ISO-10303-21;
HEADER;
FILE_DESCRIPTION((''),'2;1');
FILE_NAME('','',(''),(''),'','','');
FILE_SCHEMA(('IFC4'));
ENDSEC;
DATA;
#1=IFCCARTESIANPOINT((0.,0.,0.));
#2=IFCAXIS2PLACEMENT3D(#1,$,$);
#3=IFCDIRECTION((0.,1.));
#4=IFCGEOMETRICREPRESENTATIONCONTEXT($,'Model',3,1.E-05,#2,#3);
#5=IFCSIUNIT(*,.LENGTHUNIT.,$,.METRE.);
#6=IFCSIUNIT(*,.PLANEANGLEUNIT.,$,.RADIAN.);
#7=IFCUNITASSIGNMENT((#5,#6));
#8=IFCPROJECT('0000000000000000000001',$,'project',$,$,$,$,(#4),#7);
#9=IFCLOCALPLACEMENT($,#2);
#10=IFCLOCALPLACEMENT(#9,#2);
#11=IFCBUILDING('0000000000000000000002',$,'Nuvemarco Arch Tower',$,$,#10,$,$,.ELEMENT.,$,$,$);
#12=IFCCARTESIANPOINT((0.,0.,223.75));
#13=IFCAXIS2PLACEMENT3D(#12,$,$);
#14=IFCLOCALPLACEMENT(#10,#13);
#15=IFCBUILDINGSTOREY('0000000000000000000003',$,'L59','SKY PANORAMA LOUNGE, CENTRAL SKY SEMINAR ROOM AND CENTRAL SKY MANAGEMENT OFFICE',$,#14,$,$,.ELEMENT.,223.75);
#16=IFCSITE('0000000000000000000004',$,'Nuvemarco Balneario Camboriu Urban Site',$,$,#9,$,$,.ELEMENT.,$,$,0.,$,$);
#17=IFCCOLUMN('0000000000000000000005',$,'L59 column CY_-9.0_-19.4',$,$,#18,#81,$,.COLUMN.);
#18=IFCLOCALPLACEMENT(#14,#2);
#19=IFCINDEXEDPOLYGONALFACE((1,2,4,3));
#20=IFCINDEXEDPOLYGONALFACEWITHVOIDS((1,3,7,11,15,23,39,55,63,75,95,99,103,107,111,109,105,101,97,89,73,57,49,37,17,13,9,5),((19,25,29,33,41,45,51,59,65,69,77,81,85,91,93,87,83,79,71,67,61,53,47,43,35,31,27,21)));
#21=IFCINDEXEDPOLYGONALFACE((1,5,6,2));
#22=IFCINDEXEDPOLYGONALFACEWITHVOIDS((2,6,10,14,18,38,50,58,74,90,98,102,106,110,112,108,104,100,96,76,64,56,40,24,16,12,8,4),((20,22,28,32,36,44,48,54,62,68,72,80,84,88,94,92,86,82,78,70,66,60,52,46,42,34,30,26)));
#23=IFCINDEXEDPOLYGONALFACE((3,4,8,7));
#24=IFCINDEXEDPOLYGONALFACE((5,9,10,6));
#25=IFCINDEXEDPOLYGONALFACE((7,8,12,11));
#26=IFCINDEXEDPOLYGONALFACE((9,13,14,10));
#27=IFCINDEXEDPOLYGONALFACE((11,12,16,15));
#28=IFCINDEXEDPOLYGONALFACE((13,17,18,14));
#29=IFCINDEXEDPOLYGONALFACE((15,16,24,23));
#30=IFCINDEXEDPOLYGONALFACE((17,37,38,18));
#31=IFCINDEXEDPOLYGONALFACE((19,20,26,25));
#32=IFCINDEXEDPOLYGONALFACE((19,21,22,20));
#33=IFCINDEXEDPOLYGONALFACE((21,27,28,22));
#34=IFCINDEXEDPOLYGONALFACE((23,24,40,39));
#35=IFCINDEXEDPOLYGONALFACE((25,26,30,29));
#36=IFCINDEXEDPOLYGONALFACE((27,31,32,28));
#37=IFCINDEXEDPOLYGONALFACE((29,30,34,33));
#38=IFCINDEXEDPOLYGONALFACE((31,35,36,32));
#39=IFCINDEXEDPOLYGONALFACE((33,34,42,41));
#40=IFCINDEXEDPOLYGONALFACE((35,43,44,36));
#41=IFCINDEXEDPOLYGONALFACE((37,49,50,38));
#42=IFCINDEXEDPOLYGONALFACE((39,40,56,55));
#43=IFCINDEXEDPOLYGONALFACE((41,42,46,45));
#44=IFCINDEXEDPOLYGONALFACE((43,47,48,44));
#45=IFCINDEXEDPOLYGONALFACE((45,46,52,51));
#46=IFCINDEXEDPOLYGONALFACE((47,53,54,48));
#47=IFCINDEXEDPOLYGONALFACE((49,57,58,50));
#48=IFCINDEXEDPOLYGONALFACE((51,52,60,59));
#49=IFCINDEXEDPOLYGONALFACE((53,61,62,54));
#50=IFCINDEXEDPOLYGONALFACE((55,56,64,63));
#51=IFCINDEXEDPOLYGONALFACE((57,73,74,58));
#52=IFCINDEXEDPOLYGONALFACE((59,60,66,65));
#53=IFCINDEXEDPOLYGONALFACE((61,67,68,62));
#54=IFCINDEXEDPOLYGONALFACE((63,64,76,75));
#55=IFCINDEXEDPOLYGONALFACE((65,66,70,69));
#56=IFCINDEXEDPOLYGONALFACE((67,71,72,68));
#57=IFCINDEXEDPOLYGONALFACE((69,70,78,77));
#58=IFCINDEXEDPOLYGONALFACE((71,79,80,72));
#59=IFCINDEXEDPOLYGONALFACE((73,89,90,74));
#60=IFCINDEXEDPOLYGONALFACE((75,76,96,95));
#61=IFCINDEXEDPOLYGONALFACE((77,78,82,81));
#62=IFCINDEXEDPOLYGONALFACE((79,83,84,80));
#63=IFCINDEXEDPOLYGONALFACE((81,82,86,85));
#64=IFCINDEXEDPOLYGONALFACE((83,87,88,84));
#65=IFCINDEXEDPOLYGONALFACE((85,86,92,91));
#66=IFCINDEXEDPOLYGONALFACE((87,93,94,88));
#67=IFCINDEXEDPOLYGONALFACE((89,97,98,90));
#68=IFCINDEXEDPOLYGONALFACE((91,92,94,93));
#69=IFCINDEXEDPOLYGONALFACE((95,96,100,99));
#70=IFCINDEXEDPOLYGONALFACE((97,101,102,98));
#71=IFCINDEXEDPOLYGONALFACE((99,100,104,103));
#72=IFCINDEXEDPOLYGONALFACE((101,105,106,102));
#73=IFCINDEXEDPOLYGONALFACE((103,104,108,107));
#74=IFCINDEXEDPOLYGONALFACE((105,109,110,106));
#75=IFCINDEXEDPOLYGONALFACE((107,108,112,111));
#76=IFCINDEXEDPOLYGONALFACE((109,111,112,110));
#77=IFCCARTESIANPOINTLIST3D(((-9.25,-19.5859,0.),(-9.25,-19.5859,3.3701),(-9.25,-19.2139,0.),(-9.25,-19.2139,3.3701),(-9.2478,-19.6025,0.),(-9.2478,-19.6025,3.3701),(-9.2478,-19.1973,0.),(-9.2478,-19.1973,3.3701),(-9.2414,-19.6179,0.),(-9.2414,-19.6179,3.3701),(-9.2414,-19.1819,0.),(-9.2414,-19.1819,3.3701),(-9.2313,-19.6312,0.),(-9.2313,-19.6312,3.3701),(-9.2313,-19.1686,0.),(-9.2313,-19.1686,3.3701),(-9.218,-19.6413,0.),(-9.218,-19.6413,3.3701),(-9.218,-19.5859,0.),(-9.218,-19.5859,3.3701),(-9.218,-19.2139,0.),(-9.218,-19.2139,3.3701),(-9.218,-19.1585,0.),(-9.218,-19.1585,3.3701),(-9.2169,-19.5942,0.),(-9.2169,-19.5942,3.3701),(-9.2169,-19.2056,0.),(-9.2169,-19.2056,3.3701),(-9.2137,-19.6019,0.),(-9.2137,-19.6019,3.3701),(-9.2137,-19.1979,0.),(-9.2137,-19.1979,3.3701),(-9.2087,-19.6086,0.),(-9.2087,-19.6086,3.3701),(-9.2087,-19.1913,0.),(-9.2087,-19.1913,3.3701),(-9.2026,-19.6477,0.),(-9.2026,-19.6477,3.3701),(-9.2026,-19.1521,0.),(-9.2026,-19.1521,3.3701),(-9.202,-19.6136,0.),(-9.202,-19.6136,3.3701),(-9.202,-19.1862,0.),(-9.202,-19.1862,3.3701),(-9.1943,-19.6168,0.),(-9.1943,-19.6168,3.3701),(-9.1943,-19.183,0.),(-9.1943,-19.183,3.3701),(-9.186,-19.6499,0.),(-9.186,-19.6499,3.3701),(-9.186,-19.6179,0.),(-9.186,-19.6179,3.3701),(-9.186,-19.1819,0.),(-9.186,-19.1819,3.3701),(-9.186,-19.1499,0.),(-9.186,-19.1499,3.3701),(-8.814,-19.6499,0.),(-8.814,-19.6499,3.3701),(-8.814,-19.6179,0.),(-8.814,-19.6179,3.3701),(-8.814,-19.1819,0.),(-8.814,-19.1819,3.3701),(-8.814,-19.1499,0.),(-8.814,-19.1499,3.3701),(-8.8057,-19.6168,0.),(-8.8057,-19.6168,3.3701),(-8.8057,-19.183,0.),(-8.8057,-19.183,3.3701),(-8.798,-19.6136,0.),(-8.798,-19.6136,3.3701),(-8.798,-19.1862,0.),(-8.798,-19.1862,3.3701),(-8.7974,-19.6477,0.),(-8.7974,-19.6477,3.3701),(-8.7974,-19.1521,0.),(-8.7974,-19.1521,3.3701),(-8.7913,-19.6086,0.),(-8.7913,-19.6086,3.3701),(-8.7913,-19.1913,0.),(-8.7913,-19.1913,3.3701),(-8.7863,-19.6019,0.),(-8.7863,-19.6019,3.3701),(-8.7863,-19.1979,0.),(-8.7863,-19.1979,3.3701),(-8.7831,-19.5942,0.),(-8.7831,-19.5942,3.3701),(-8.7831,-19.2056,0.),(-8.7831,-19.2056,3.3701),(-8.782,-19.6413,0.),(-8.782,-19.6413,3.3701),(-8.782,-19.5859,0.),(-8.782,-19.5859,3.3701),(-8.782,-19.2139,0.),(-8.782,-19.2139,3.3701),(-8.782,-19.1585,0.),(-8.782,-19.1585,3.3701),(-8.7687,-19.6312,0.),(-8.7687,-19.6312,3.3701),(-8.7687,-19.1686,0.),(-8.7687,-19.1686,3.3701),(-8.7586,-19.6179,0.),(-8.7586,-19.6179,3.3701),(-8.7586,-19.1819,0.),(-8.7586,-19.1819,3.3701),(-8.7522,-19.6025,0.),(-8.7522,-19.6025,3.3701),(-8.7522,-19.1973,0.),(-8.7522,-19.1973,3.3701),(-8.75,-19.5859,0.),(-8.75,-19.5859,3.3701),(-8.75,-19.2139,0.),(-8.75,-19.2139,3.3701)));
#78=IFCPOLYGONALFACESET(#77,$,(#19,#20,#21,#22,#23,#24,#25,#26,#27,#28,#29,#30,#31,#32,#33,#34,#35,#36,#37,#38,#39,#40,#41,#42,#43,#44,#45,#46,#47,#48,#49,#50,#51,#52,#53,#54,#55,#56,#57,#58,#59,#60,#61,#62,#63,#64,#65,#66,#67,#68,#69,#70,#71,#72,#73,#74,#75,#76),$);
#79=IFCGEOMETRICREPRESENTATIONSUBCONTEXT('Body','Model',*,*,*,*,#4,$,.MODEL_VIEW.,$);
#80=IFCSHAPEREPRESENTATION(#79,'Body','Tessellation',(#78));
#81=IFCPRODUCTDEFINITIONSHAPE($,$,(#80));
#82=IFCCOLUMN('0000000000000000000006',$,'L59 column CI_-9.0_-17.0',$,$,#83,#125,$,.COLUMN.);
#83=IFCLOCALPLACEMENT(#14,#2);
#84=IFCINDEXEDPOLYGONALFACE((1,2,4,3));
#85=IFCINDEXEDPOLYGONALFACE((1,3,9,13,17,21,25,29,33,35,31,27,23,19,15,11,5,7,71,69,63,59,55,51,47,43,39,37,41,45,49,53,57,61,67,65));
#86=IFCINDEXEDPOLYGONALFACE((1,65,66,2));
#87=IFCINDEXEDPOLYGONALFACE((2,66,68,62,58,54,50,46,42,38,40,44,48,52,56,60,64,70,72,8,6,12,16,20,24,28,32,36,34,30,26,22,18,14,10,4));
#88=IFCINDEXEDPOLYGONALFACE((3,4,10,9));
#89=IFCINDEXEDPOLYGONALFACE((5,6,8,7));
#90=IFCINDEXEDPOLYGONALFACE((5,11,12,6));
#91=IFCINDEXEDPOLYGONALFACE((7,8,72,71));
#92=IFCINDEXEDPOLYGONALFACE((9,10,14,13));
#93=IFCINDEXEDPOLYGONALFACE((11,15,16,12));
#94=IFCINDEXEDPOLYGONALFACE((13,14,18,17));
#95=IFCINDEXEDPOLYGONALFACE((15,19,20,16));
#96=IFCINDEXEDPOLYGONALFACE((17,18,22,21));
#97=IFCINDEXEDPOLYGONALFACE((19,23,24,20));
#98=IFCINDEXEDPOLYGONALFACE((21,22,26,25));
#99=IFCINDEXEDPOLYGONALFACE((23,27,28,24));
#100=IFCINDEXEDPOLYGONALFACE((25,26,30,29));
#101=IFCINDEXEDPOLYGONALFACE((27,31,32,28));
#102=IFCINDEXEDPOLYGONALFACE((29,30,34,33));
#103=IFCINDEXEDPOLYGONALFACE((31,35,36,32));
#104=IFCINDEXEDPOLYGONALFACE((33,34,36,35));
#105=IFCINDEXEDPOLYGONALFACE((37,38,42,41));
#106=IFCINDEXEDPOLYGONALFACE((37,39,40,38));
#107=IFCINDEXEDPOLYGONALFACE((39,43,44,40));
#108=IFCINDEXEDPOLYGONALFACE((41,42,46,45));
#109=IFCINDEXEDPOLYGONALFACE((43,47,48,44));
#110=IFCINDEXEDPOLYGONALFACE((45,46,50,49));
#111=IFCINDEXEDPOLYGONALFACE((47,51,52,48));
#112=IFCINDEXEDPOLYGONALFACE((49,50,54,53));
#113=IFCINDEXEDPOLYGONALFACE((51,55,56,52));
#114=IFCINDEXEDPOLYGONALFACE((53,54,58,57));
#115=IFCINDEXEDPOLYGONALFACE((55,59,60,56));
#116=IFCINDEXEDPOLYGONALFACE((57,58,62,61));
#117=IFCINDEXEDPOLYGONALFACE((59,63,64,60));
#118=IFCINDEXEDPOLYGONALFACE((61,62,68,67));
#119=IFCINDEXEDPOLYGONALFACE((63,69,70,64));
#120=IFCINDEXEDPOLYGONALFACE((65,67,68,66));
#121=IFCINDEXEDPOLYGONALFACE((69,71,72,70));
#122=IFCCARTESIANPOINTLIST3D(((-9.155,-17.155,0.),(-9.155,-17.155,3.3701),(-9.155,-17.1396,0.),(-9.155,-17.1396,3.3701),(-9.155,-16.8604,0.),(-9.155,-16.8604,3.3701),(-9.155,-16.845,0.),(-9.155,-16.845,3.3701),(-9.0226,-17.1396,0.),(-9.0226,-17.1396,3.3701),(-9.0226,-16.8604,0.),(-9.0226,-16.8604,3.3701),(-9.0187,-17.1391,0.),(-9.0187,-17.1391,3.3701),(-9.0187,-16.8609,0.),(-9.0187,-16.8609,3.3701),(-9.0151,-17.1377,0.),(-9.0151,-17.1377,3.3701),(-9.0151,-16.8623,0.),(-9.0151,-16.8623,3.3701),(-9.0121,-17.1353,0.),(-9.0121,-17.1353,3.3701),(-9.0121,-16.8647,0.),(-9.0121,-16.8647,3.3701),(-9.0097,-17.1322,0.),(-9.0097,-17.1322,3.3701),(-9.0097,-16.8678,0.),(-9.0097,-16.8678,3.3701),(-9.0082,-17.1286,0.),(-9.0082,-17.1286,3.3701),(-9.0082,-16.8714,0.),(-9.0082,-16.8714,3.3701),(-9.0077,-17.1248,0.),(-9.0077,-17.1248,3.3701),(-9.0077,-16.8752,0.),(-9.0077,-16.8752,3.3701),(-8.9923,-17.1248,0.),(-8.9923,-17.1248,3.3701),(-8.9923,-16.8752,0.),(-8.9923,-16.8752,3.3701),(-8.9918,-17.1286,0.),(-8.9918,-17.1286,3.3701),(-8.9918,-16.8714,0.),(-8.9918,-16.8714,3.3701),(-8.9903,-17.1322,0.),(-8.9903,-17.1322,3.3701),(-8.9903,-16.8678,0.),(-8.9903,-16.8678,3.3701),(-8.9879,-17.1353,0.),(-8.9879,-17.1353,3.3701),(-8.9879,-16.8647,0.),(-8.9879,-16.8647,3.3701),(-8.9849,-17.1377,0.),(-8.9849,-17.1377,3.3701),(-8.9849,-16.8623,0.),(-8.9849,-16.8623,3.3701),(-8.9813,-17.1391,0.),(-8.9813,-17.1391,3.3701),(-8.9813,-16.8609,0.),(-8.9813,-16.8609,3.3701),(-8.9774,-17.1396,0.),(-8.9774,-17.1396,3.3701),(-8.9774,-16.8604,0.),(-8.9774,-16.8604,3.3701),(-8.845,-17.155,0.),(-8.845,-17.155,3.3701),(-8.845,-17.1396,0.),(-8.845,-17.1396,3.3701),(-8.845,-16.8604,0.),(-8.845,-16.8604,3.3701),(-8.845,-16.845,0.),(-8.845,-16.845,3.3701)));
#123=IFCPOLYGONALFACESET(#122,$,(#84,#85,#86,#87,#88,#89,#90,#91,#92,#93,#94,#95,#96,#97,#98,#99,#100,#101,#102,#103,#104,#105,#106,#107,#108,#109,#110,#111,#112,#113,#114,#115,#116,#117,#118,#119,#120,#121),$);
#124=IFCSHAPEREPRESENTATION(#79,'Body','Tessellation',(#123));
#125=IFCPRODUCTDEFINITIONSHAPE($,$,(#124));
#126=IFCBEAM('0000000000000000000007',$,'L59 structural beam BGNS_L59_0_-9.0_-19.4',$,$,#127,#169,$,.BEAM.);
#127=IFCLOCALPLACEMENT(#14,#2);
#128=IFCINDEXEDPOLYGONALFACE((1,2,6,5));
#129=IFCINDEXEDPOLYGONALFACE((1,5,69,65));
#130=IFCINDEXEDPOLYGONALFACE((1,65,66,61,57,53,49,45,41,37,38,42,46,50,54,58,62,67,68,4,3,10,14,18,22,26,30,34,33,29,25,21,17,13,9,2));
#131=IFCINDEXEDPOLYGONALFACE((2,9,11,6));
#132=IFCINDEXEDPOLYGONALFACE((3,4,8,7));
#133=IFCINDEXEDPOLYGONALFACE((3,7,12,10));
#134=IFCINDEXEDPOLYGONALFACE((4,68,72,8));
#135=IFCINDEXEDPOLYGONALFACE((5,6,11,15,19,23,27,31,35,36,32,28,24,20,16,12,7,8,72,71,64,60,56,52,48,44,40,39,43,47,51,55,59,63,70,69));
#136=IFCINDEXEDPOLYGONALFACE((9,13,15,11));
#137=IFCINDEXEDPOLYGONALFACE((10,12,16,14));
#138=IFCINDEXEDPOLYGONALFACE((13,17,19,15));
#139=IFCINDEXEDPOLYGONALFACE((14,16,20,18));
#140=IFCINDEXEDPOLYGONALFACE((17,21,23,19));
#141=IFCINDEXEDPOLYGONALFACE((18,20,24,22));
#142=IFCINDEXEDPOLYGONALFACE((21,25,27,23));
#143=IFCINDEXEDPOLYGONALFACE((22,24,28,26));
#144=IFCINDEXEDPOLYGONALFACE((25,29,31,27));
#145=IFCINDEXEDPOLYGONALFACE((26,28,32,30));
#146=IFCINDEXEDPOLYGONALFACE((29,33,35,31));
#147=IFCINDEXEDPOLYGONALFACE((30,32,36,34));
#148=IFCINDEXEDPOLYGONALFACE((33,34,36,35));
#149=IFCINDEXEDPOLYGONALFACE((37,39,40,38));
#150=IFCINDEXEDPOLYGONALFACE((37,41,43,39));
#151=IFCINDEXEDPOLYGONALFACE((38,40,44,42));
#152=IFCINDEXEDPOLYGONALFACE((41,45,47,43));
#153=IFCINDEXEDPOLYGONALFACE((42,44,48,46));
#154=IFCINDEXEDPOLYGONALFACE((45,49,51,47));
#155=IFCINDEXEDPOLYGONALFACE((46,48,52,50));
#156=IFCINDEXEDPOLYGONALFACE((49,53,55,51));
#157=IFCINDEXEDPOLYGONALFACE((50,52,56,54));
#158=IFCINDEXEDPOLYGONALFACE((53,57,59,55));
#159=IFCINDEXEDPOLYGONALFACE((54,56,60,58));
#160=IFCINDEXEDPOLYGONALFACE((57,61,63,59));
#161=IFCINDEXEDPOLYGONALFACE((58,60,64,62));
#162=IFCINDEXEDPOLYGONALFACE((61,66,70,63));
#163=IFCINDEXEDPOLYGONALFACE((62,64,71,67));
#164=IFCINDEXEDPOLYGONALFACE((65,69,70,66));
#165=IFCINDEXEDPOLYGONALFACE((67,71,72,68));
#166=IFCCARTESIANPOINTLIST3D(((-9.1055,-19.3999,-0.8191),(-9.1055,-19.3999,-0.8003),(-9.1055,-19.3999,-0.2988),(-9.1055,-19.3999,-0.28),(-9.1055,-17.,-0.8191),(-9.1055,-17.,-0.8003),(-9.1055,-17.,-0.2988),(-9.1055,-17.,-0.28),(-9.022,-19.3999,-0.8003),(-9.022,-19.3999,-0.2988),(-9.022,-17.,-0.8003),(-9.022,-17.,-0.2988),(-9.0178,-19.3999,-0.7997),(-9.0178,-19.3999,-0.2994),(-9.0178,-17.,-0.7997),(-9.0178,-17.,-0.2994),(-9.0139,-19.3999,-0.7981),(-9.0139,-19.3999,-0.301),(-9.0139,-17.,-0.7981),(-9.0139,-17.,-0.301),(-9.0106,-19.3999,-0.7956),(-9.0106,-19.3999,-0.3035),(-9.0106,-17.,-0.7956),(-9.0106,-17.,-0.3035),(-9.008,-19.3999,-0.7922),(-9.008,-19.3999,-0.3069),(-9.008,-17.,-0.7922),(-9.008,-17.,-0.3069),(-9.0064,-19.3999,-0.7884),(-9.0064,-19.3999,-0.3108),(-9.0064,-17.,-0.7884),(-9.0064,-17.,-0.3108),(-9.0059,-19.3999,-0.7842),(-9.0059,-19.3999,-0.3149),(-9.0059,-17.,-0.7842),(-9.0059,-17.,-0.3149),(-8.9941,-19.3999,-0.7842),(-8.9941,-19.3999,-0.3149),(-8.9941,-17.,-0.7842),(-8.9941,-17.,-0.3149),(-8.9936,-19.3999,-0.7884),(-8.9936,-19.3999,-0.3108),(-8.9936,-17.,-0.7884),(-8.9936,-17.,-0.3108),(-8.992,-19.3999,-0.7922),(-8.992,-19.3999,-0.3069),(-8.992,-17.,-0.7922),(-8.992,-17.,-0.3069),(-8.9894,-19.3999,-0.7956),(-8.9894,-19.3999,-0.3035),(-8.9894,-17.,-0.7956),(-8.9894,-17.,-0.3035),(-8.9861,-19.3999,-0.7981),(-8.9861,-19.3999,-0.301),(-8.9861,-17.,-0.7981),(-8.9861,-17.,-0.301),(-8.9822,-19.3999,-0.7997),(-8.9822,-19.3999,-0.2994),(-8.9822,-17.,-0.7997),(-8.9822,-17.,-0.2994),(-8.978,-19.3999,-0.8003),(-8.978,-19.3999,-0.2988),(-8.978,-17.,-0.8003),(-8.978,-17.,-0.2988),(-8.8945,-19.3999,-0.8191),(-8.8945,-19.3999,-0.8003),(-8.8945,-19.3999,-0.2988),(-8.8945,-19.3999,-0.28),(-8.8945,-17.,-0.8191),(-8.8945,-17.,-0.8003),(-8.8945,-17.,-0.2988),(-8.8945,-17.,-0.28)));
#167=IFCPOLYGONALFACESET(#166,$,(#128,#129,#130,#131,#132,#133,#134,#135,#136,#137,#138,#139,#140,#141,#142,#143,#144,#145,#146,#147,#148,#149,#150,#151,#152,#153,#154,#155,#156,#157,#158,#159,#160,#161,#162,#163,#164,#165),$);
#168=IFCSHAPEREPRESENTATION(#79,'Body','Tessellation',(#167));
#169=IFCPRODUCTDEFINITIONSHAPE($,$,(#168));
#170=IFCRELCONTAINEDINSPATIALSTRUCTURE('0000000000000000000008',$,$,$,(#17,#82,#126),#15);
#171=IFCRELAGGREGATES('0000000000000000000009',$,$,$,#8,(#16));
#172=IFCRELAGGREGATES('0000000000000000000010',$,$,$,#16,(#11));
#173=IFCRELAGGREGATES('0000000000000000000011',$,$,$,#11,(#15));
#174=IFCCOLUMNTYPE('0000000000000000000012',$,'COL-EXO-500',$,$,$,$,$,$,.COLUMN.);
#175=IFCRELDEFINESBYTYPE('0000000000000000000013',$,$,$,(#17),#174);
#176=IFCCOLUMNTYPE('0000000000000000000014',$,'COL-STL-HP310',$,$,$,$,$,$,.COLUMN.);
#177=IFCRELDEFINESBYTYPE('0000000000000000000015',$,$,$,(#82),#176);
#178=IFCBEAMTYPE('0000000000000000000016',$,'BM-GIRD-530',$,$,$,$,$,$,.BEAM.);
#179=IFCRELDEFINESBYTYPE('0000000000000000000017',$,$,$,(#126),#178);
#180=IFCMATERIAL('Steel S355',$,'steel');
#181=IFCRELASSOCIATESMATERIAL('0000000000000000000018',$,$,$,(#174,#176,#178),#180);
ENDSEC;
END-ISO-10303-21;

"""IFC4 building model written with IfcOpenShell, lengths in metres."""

from ifc_helpers import new_model, si_unit, direction, frame, origin, origin_2d, place, context, subcontext, project, spatial, hollow_rectangle, i_section, extrude, material, material_profile, profile_set, type_object, element, save


model = new_model("IFC4")

# Units and contexts
model_context = context("Model", 3, precision=1e-05, world=origin(), true_north=direction((0.0, 1.0)))
body_context = subcontext(model_context, "Body", "Model", "MODEL_VIEW")
ifc_project = project(units=[si_unit("LENGTHUNIT", "METRE"), si_unit("PLANEANGLEUNIT", "RADIAN")], contexts=[model_context])

# Site, building, storey
site_placement = place(None, origin())
site = spatial("IfcSite", under=ifc_project, at=site_placement, Name="Nuvemarco Balneario Camboriu Urban Site", CompositionType="ELEMENT", RefElevation=0.0)
building_placement = place(site_placement, origin())
building = spatial("IfcBuilding", under=site, at=building_placement, Name="Nuvemarco Arch Tower", CompositionType="ELEMENT")
storey_placement = place(building_placement, frame((0.0, 0.0, 223.75)))
storey = spatial("IfcBuildingStorey", under=building, at=storey_placement, Name="L59", Description="SKY PANORAMA LOUNGE, CENTRAL SKY SEMINAR ROOM AND CENTRAL SKY MANAGEMENT OFFICE", CompositionType="ELEMENT", Elevation=223.75)

# Columns
ifc_material_1 = material(Name="Steel S355", Category="steel")
ifc_material_profile_1 = material_profile(ifc_material_1, hollow_rectangle(XDim=0.5, YDim=0.5, WallThickness=0.032, InnerFilletRadius=0.032, OuterFilletRadius=0.064, at=origin_2d()), Name="SHS500x500x32")
ifc_profile_set_1 = profile_set([ifc_material_profile_1], Name="Steel S355")
column_type_1 = type_object("IfcColumnType", Name="COL-EXO-500", PredefinedType="COLUMN", material=ifc_profile_set_1)
column_1_placement = place(storey_placement, frame((-9.0, -19.3999, 0.0), z_axis=(0.0, 0.0, 1.0), x_axis=(1.0, 0.0, 0.0)))
element("IfcColumn", 1, at=column_1_placement, inside=storey, type_object=column_type_1, Name="L59 column CY_-9.0_-19.4", PredefinedType="COLUMN", context=body_context, shape_type="SweptSolid", body=[
    extrude(hollow_rectangle(XDim=0.5, YDim=0.5, WallThickness=0.032, InnerFilletRadius=0.032, OuterFilletRadius=0.064, at=origin_2d()), origin(), (0.0, 0.0, 1.0), 3.3701),
])
ifc_material_profile_2 = material_profile(ifc_material_1, i_section(OverallWidth=0.3101, OverallDepth=0.3101, WebThickness=0.0154, FlangeThickness=0.0154, FilletRadius=0.0149, at=origin_2d()), Name="HP310x110")
ifc_profile_set_2 = profile_set([ifc_material_profile_2], Name="Steel S355")
column_type_2 = type_object("IfcColumnType", Name="COL-STL-HP310", PredefinedType="COLUMN", material=ifc_profile_set_2)
column_2_placement = place(storey_placement, frame((-9.0, -17.0, 0.0), z_axis=(0.0, 0.0, 1.0), x_axis=(1.0, 0.0, 0.0)))
element("IfcColumn", 2, at=column_2_placement, inside=storey, type_object=column_type_2, Name="L59 column CI_-9.0_-17.0", PredefinedType="COLUMN", context=body_context, shape_type="SweptSolid", body=[
    extrude(i_section(OverallWidth=0.3101, OverallDepth=0.3101, WebThickness=0.0154, FlangeThickness=0.0154, FilletRadius=0.0149, at=origin_2d()), origin(), (0.0, 0.0, 1.0), 3.3701),
])

# Beam
ifc_material_profile_3 = material_profile(ifc_material_1, i_section(OverallWidth=0.2109, OverallDepth=0.5391, WebThickness=0.0117, FlangeThickness=0.0188, FilletRadius=0.0161, at=origin_2d()), Name="W530x109")
ifc_profile_set_3 = profile_set([ifc_material_profile_3], Name="Steel S355")
beam_type_1 = type_object("IfcBeamType", Name="BM-GIRD-530", PredefinedType="BEAM", material=ifc_profile_set_3)
beam_1_placement = place(storey_placement, frame((-9.0, -19.3999, -0.5496), z_axis=(0.0, 1.0, 0.0), x_axis=(-1.0, 0.0, 0.0)))
element("IfcBeam", 3, at=beam_1_placement, inside=storey, type_object=beam_type_1, Name="L59 structural beam BGNS_L59_0_-9.0_-19.4", PredefinedType="BEAM", context=body_context, shape_type="SweptSolid", body=[
    extrude(i_section(OverallWidth=0.2109, OverallDepth=0.5391, WebThickness=0.0117, FlangeThickness=0.0188, FilletRadius=0.0161, at=origin_2d()), origin(), (0.0, 0.0, 1.0), 2.3999),
])

save(model, "model.ifc")
